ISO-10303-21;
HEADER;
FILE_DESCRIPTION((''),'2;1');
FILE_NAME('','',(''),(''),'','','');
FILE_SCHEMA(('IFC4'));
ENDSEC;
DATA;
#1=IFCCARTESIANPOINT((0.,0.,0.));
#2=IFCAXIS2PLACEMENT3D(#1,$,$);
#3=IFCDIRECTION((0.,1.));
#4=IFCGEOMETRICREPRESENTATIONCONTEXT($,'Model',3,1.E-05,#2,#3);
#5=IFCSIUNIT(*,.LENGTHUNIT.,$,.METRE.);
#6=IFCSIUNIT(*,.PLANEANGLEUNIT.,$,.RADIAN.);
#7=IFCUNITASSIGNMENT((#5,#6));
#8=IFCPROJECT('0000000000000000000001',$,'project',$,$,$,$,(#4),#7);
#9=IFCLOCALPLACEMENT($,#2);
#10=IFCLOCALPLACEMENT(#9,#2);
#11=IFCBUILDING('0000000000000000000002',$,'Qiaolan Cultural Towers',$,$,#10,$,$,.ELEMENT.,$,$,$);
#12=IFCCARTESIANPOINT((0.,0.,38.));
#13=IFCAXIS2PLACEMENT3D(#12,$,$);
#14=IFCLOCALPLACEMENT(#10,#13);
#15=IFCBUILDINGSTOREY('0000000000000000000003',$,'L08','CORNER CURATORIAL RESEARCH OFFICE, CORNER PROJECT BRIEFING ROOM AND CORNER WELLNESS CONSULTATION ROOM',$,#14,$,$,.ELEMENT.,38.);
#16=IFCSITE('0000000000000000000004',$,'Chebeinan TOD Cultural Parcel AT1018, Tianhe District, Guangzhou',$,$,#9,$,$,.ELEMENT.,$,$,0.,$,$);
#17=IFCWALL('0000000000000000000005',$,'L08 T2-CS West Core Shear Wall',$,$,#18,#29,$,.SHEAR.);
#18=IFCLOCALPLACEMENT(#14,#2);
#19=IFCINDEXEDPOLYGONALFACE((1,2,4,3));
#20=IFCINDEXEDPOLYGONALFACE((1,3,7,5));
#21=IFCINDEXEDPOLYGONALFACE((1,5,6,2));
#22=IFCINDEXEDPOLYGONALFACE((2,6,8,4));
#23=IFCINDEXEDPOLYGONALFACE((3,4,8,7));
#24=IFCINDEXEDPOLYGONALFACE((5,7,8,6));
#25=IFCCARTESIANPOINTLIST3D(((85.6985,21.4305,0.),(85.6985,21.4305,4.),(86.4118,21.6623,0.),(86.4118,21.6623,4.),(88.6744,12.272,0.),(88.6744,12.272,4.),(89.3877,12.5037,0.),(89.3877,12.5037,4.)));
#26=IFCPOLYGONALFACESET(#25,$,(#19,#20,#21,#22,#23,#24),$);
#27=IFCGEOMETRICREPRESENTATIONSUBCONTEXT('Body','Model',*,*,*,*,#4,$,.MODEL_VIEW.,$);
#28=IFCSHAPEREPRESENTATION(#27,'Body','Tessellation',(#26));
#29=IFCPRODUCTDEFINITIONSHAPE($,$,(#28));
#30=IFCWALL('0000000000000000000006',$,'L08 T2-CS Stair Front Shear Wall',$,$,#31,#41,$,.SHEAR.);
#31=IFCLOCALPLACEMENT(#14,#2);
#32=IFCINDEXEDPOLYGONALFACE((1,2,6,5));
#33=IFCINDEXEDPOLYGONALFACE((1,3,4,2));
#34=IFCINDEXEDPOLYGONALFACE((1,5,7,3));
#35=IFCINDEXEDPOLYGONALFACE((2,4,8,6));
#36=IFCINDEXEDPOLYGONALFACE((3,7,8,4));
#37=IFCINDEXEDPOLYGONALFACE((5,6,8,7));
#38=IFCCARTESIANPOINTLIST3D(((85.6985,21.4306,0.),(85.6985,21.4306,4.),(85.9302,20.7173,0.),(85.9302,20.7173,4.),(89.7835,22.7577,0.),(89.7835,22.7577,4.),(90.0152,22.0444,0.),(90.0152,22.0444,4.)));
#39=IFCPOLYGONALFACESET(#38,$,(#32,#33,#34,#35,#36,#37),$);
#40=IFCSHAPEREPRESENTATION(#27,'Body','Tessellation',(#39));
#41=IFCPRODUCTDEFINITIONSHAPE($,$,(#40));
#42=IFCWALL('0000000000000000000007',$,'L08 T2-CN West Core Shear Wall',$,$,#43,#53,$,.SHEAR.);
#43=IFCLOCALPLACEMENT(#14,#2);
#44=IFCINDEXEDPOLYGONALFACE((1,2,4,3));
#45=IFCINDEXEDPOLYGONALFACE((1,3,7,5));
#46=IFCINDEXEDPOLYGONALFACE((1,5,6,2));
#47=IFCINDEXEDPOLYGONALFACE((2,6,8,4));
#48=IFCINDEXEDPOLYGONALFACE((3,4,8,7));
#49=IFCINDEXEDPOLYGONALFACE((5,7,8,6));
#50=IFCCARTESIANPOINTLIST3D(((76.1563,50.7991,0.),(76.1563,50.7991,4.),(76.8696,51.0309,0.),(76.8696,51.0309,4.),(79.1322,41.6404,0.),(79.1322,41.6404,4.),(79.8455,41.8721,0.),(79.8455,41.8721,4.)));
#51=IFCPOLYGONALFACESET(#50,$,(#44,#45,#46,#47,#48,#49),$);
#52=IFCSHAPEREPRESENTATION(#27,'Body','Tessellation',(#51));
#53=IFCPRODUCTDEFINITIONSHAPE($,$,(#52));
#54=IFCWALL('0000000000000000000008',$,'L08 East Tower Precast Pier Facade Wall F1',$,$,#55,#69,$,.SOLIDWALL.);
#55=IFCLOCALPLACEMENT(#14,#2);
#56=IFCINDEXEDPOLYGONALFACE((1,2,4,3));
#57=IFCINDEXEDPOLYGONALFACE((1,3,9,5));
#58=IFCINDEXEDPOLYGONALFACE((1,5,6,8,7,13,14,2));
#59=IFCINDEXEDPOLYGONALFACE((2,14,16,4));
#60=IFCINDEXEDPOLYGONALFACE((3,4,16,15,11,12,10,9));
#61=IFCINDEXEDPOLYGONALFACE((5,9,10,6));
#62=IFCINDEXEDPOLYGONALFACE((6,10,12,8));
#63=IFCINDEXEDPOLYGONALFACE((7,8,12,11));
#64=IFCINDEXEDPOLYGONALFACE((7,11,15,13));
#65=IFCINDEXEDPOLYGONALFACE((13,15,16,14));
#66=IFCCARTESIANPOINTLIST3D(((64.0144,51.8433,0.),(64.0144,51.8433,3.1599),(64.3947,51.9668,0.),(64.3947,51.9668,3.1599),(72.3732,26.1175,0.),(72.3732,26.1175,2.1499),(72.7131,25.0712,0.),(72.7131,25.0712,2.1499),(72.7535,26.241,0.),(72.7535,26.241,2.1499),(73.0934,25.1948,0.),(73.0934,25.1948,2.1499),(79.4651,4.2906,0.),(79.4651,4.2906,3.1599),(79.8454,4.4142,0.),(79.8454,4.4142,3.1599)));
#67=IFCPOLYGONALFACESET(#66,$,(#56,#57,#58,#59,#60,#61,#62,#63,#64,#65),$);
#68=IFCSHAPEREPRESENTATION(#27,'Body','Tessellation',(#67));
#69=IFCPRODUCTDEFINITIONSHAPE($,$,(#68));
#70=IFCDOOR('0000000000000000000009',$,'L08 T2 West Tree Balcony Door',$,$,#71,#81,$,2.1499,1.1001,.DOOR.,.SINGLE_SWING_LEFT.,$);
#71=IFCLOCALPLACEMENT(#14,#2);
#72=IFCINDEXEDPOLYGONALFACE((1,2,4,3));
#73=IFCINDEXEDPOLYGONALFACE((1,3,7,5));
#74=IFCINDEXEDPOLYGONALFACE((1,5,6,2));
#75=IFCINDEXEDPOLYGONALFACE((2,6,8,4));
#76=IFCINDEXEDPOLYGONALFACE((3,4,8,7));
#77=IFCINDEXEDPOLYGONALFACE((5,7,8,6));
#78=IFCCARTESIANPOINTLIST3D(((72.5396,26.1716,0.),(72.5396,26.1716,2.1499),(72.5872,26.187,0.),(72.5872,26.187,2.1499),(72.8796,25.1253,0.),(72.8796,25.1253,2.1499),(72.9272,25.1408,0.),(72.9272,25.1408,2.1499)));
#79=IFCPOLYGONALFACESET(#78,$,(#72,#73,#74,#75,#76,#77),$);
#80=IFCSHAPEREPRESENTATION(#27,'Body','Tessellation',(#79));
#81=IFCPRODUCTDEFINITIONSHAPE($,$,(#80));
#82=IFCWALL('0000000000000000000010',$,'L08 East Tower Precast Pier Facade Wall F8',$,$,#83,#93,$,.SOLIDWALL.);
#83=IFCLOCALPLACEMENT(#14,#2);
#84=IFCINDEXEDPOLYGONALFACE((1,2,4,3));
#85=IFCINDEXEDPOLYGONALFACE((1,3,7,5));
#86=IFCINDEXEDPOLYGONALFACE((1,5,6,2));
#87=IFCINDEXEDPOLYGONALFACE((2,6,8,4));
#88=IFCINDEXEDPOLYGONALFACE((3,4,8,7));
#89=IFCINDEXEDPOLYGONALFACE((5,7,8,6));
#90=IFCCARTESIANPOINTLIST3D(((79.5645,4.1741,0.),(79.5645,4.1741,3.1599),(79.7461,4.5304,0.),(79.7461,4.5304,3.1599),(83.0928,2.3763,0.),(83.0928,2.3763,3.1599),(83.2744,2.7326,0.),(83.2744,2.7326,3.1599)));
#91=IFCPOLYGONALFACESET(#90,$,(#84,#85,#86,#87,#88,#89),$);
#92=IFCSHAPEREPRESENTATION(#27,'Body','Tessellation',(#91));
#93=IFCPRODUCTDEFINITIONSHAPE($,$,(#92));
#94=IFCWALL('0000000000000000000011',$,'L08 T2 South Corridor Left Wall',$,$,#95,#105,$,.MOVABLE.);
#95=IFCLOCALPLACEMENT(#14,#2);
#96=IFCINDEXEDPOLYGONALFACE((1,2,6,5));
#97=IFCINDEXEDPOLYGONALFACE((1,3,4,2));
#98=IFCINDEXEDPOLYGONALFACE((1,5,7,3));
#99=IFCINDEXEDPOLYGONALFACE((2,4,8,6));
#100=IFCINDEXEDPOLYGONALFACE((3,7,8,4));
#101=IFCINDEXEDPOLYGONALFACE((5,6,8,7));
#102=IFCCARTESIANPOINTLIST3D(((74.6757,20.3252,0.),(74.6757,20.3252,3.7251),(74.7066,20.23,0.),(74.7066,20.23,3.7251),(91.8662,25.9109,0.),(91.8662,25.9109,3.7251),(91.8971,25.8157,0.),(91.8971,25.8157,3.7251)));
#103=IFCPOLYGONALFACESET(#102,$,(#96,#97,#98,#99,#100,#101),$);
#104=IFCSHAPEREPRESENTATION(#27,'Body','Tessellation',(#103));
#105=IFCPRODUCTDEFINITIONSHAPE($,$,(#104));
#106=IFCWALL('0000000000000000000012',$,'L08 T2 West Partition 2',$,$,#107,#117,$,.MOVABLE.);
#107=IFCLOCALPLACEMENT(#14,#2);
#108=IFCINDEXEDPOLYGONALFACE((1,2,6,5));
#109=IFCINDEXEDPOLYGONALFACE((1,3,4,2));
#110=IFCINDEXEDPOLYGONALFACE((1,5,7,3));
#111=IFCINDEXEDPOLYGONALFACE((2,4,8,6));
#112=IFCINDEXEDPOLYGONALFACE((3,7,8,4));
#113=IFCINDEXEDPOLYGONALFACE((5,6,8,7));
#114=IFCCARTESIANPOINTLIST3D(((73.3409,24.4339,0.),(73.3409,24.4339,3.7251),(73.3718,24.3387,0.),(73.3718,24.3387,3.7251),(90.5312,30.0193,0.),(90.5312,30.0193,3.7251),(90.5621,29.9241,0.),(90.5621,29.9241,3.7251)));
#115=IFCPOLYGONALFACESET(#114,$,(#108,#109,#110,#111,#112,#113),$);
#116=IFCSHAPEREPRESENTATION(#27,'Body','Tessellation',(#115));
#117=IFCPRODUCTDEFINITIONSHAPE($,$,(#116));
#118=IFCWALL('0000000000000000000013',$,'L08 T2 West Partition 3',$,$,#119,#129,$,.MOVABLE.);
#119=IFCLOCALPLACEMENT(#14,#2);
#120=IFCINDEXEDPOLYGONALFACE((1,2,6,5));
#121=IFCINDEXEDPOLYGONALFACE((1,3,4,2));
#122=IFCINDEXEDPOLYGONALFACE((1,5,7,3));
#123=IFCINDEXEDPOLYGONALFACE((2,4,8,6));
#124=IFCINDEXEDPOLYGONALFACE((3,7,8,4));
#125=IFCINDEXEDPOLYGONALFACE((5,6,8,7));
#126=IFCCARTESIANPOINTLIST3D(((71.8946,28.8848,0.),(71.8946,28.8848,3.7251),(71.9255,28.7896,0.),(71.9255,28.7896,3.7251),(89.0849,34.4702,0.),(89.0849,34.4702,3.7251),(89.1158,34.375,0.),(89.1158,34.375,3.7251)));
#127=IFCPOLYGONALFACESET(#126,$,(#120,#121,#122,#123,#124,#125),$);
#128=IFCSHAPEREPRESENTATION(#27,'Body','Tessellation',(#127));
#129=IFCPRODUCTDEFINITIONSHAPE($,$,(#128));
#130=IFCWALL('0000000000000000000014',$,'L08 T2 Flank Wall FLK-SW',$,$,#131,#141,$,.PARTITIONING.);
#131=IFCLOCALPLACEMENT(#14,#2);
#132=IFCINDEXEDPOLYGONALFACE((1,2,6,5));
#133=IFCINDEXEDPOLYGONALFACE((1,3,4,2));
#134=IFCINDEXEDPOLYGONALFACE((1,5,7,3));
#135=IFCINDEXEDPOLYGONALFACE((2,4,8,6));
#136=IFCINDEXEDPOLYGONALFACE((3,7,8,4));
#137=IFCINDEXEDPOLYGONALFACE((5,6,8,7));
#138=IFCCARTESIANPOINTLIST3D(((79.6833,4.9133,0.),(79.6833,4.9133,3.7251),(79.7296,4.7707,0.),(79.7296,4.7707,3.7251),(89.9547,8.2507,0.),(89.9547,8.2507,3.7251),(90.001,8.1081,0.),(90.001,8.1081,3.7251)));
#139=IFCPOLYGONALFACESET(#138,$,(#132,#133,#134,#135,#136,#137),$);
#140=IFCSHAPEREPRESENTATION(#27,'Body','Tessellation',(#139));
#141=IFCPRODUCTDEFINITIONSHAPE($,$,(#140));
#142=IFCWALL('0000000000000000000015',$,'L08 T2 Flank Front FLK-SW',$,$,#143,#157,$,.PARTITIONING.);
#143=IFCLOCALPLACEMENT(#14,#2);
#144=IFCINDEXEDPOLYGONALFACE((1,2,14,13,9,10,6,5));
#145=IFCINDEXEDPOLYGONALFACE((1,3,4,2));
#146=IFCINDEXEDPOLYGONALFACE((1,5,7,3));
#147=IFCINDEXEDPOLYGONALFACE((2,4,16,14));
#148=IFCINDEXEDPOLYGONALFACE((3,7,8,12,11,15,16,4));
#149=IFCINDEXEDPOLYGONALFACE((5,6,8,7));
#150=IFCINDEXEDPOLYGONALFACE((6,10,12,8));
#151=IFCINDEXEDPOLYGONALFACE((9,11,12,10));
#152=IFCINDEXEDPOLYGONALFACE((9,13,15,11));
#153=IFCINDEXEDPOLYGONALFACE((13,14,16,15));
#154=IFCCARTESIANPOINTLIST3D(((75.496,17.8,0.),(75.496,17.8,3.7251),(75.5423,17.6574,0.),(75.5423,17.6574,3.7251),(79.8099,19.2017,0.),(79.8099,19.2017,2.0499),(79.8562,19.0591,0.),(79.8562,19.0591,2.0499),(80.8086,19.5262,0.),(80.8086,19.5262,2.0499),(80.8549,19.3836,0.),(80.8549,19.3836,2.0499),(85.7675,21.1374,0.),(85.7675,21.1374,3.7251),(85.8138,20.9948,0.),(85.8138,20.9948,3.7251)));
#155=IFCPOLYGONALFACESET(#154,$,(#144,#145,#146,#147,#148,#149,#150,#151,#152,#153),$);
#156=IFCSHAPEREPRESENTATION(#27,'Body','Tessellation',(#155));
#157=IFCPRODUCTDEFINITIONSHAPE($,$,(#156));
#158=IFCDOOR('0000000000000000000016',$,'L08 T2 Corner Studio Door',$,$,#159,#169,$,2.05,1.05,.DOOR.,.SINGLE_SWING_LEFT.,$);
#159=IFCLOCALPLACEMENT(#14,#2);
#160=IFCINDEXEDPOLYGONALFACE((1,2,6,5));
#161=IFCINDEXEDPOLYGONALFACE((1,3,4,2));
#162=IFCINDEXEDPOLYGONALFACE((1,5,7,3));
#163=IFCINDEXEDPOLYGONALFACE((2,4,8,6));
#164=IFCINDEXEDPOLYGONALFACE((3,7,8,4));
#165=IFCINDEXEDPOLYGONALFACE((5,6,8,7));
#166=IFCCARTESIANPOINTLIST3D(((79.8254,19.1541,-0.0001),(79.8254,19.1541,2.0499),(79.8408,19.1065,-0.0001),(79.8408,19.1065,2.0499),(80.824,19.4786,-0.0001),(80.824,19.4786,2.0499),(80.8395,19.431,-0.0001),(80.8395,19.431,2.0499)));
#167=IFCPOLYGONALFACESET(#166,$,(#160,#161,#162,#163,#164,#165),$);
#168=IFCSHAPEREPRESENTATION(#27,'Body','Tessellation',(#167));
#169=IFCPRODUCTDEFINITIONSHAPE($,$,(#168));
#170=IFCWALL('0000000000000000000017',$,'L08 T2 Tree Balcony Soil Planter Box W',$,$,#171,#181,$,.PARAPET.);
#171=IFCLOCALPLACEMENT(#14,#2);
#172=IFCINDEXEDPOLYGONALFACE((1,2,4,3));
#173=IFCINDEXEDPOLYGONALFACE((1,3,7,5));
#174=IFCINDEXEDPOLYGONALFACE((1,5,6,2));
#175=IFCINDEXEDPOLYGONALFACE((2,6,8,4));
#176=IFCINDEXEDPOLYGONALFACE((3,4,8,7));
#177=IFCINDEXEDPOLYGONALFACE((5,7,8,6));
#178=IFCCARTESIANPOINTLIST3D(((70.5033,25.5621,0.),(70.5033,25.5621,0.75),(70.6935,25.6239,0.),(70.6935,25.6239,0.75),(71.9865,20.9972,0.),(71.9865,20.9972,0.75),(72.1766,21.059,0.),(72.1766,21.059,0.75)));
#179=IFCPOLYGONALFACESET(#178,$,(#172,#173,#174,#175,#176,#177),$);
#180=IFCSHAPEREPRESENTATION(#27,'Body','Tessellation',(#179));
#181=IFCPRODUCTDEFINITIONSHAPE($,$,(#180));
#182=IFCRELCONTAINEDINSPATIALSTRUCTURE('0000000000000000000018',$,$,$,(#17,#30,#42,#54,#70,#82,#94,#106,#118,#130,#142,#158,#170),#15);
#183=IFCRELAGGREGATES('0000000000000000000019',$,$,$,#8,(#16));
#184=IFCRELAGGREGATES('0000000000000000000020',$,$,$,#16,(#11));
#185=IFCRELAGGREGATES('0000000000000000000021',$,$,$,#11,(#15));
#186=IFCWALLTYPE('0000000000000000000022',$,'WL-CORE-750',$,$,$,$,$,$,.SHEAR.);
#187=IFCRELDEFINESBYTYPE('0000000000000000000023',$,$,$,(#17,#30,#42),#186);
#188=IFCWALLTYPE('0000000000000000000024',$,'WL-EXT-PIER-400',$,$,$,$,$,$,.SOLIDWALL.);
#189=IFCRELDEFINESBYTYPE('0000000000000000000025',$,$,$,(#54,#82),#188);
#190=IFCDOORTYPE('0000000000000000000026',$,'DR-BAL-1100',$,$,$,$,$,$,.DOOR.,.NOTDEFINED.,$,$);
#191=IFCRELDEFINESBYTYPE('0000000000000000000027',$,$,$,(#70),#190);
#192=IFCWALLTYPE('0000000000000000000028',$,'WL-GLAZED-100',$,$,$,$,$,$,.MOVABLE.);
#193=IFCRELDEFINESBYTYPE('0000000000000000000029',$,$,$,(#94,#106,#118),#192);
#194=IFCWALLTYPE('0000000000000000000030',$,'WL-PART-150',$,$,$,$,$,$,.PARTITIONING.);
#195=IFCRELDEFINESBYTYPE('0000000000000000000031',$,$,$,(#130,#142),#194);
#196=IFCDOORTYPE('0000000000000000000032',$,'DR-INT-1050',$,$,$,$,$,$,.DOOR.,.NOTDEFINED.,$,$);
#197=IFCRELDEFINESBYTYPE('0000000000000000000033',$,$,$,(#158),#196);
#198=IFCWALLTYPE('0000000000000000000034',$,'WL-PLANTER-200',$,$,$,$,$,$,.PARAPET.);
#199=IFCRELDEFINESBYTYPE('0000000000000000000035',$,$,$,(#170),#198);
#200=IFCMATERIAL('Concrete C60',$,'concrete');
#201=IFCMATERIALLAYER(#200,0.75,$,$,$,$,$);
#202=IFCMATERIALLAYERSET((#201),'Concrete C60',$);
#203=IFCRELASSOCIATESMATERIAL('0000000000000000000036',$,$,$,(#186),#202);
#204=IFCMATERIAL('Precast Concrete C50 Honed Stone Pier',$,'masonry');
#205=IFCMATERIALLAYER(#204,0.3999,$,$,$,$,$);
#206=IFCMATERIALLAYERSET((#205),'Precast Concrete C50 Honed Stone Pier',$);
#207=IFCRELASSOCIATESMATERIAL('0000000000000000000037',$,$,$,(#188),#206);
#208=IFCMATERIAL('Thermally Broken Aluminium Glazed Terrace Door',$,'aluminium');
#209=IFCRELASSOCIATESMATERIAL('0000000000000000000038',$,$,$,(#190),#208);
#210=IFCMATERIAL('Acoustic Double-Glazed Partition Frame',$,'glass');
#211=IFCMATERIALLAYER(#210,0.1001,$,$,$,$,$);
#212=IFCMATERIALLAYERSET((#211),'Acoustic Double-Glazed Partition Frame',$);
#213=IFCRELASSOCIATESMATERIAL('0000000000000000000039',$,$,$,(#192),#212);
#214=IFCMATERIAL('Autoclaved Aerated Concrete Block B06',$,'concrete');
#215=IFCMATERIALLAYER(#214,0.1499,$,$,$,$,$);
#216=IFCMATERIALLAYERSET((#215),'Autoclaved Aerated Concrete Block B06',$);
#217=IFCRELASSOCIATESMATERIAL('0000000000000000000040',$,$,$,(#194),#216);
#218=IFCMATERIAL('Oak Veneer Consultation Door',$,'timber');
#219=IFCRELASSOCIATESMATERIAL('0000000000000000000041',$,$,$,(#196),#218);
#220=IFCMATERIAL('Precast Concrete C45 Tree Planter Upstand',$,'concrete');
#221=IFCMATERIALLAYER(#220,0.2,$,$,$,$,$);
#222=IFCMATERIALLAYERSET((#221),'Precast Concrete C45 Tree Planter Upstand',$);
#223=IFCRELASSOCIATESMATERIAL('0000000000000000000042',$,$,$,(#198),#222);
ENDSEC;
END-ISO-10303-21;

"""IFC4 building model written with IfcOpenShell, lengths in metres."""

from ifc_helpers import new_model, si_unit, direction, frame, frame_2d, origin, place, context, subcontext, project, spatial, rectangle, extrude, material, layer, layer_set, type_object, element, fill, save


model = new_model("IFC4")

# Units and contexts
model_context = context("Model", 3, precision=1e-05, world=origin(), true_north=direction((0.0, 1.0)))
body_context = subcontext(model_context, "Body", "Model", "MODEL_VIEW")
ifc_project = project(units=[si_unit("LENGTHUNIT", "METRE"), si_unit("PLANEANGLEUNIT", "RADIAN")], contexts=[model_context])

# Site, building, storey
site_placement = place(None, origin())
site = spatial("IfcSite", under=ifc_project, at=site_placement, Name="Chebeinan TOD Cultural Parcel AT1018, Tianhe District, Guangzhou", CompositionType="ELEMENT", RefElevation=0.0)
building_placement = place(site_placement, origin())
building = spatial("IfcBuilding", under=site, at=building_placement, Name="Qiaolan Cultural Towers", CompositionType="ELEMENT")
storey_placement = place(building_placement, frame((0.0, 0.0, 38.0)))
storey = spatial("IfcBuildingStorey", under=building, at=storey_placement, Name="L08", Description="CORNER CURATORIAL RESEARCH OFFICE, CORNER PROJECT BRIEFING ROOM AND CORNER WELLNESS CONSULTATION ROOM", CompositionType="ELEMENT", Elevation=38.0)

# Walls
ifc_material_1 = material(Name="Concrete C60", Category="concrete")
ifc_layer_1 = layer(ifc_material_1, 0.75)
ifc_layer_set_1 = layer_set([ifc_layer_1], Name="Concrete C60")
wall_type_1 = type_object("IfcWallType", Name="WL-CORE-750", PredefinedType="SHEAR", material=ifc_layer_set_1)
wall_1_placement = place(storey_placement, frame((86.0552, 21.5464, 0.0), z_axis=(0.0, 0.0, 1.0), x_axis=(0.309024, -0.951054, 0.0)))
element("IfcWall", 1, at=wall_1_placement, inside=storey, type_object=wall_type_1, Name="L08 T2-CS West Core Shear Wall", PredefinedType="SHEAR", context=body_context, shape_type="SweptSolid", body=[
    extrude(rectangle(XDim=9.6299, YDim=0.75, at=frame_2d((4.8149, 0.0))), origin(), (0.0, 0.0, 1.0), 4.0),
])
wall_2_placement = place(storey_placement, frame((85.8145, 21.074, 0.0), z_axis=(0.0, 0.0, 1.0), x_axis=(0.951066, 0.308988, 0.0)))
element("IfcWall", 2, at=wall_2_placement, inside=storey, type_object=wall_type_1, Name="L08 T2-CS Stair Front Shear Wall", PredefinedType="SHEAR", context=body_context, shape_type="SweptSolid", body=[
    extrude(rectangle(XDim=4.2952, YDim=0.75, at=frame_2d((2.1475, 0.0))), origin(), (0.0, 0.0, 1.0), 4.0),
])
wall_3_placement = place(storey_placement, frame((79.4888, 41.7563, 0.0), z_axis=(0.0, 0.0, 1.0), x_axis=(-0.309016, 0.951057, 0.0)))
element("IfcWall", 3, at=wall_3_placement, inside=storey, type_object=wall_type_1, Name="L08 T2-CN West Core Shear Wall", PredefinedType="SHEAR", context=body_context, shape_type="SweptSolid", body=[
    extrude(rectangle(XDim=9.6301, YDim=0.75, at=frame_2d((4.8149, 0.0))), origin(), (0.0, 0.0, 1.0), 4.0),
])

# Wall, opening, door
ifc_material_2 = material(Name="Precast Concrete C50 Honed Stone Pier", Category="masonry")
ifc_layer_2 = layer(ifc_material_2, 0.3999)
ifc_layer_set_2 = layer_set([ifc_layer_2], Name="Precast Concrete C50 Honed Stone Pier")
wall_type_2 = type_object("IfcWallType", Name="WL-EXT-PIER-400", PredefinedType="SOLIDWALL", material=ifc_layer_set_2)
wall_4_placement = place(storey_placement, frame((79.6553, 4.3523, 0.0), z_axis=(0.0, 0.0, 1.0), x_axis=(-0.309015, 0.951057, 0.0)))
wall_4 = element("IfcWall", 4, at=wall_4_placement, inside=storey, type_object=wall_type_2, Name="L08 East Tower Precast Pier Facade Wall F1", PredefinedType="SOLIDWALL", context=body_context, shape_type="SweptSolid", body=[
    extrude(rectangle(XDim=49.9998, YDim=0.3999, at=frame_2d((25.0, 0.0))), origin(), (0.0, 0.0, 1.0), 3.1599),
])
opening_1_placement = place(wall_4_placement, frame((21.8501, 0.0, 0.0)))
opening_1 = element("IfcOpeningElement", 5, at=opening_1_placement, cuts=wall_4, PredefinedType="OPENING", context=body_context, shape_type="SweptSolid", body=[
    extrude(rectangle(XDim=1.1001, YDim=2.1499, at=frame_2d((0.55, 1.075))), frame((0.0, 0.21, 0.0), z_axis=(0.0, -1.0, 0.0), x_axis=(1.0, 0.0, 0.0)), (0.0, 0.0, 1.0), 0.4199),
])
ifc_material_3 = material(Name="Thermally Broken Aluminium Glazed Terrace Door", Category="aluminium")
door_type_1 = type_object("IfcDoorType", Name="DR-BAL-1100", OperationType="NOTDEFINED", PredefinedType="DOOR", material=ifc_material_3)
door_1_placement = place(opening_1_placement, origin())
door_1 = element("IfcDoor", 6, at=door_1_placement, inside=storey, type_object=door_type_1, Name="L08 T2 West Tree Balcony Door", OperationType="SINGLE_SWING_LEFT", OverallHeight=2.1499, OverallWidth=1.1001, PredefinedType="DOOR", context=body_context, shape_type="SweptSolid", body=[
    extrude(rectangle(XDim=1.1001, YDim=2.1499, at=frame_2d((0.55, 1.075))), frame((0.0, 0.0249, 0.0), z_axis=(0.0, -1.0, 0.0), x_axis=(1.0, 0.0, 0.0)), (0.0, 0.0, 1.0), 0.05),
])
fill(opening_1, door_1)

# Walls
wall_5_placement = place(storey_placement, frame((83.1836, 2.5544, 0.0), z_axis=(0.0, 0.0, 1.0), x_axis=(-0.890998, 0.454007, 0.0)))
element("IfcWall", 7, at=wall_5_placement, inside=storey, type_object=wall_type_2, Name="L08 East Tower Precast Pier Facade Wall F8", PredefinedType="SOLIDWALL", context=body_context, shape_type="SweptSolid", body=[
    extrude(rectangle(XDim=3.96, YDim=0.3999, at=frame_2d((1.98, 0.0))), origin(), (0.0, 0.0, 1.0), 3.1599),
])
ifc_material_4 = material(Name="Acoustic Double-Glazed Partition Frame", Category="glass")
ifc_layer_3 = layer(ifc_material_4, 0.1001)
ifc_layer_set_3 = layer_set([ifc_layer_3], Name="Acoustic Double-Glazed Partition Frame")
wall_type_3 = type_object("IfcWallType", Name="WL-GLAZED-100", PredefinedType="MOVABLE", material=ifc_layer_set_3)
wall_6_placement = place(storey_placement, frame((74.6912, 20.2776, 0.0), z_axis=(0.0, 0.0, 1.0), x_axis=(0.951054, 0.309026, 0.0)))
element("IfcWall", 8, at=wall_6_placement, inside=storey, type_object=wall_type_3, Name="L08 T2 South Corridor Left Wall", PredefinedType="MOVABLE", context=body_context, shape_type="SweptSolid", body=[
    extrude(rectangle(XDim=18.0752, YDim=0.1001, at=frame_2d((9.0376, 0.0))), origin(), (0.0, 0.0, 1.0), 3.7251),
])
for number, where, z_axis, x_axis, name in (
    (9, (73.3562, 24.3862, 0.0), (0.0, 0.0, 1.0), (0.951057, 0.309014, 0.0), "L08 T2 West Partition 2"),
    (10, (71.9099, 28.8372, 0.0), (0.0, 0.0, 1.0), (0.951057, 0.309014, 0.0), "L08 T2 West Partition 3"),
):
    element("IfcWall", number, at=place(storey_placement, frame(where, z_axis=z_axis, x_axis=x_axis)), inside=storey, type_object=wall_type_3, Name=name, PredefinedType="MOVABLE", context=body_context, shape_type="SweptSolid", body=[
        extrude(rectangle(XDim=18.075, YDim=0.1001, at=frame_2d((9.0376, 0.0))), origin(), (0.0, 0.0, 1.0), 3.7251),
    ])
ifc_material_5 = material(Name="Autoclaved Aerated Concrete Block B06", Category="concrete")
ifc_layer_4 = layer(ifc_material_5, 0.1499)
ifc_layer_set_4 = layer_set([ifc_layer_4], Name="Autoclaved Aerated Concrete Block B06")
wall_type_4 = type_object("IfcWallType", Name="WL-PART-150", PredefinedType="PARTITIONING", material=ifc_layer_set_4)
wall_7_placement = place(storey_placement, frame((79.7065, 4.842, 0.0), z_axis=(0.0, 0.0, 1.0), x_axis=(0.951057, 0.309017, 0.0)))
element("IfcWall", 11, at=wall_7_placement, inside=storey, type_object=wall_type_4, Name="L08 T2 Flank Wall FLK-SW", PredefinedType="PARTITIONING", context=body_context, shape_type="SweptSolid", body=[
    extrude(rectangle(XDim=10.8, YDim=0.1499, at=frame_2d((5.3999, 0.0))), origin(), (0.0, 0.0, 1.0), 3.7251),
])

# Wall, opening, door
wall_8_placement = place(storey_placement, frame((75.5193, 17.7288, 0.0), z_axis=(0.0, 0.0, 1.0), x_axis=(0.951057, 0.309017, 0.0)))
wall_8 = element("IfcWall", 12, at=wall_8_placement, inside=storey, type_object=wall_type_4, Name="L08 T2 Flank Front FLK-SW", PredefinedType="PARTITIONING", context=body_context, shape_type="SweptSolid", body=[
    extrude(rectangle(XDim=10.8, YDim=0.1499, at=frame_2d((5.3999, 0.0))), origin(), (0.0, 0.0, 1.0), 3.7251),
])
opening_2_placement = place(wall_8_placement, frame((4.5359, 0.0, 0.0)))
opening_2 = element("IfcOpeningElement", 13, at=opening_2_placement, cuts=wall_8, PredefinedType="OPENING", context=body_context, shape_type="SweptSolid", body=[
    extrude(rectangle(XDim=1.05, YDim=2.05, at=frame_2d((0.5249, 1.0249))), frame((0.0, 0.085, 0.0), z_axis=(0.0, -1.0, 0.0), x_axis=(1.0, 0.0, 0.0)), (0.0, 0.0, 1.0), 0.1699),
])
ifc_material_6 = material(Name="Oak Veneer Consultation Door", Category="timber")
door_type_2 = type_object("IfcDoorType", Name="DR-INT-1050", OperationType="NOTDEFINED", PredefinedType="DOOR", material=ifc_material_6)
door_2_placement = place(opening_2_placement, origin())
door_2 = element("IfcDoor", 14, at=door_2_placement, inside=storey, type_object=door_type_2, Name="L08 T2 Corner Studio Door", OperationType="SINGLE_SWING_LEFT", OverallHeight=2.05, OverallWidth=1.05, PredefinedType="DOOR", context=body_context, shape_type="SweptSolid", body=[
    extrude(rectangle(XDim=1.05, YDim=2.05, at=frame_2d((0.5249, 1.0249))), frame((0.0, 0.0249, 0.0), z_axis=(0.0, -1.0, 0.0), x_axis=(1.0, 0.0, 0.0)), (0.0, 0.0, 1.0), 0.05),
])
fill(opening_2, door_2)

# Wall
ifc_material_7 = material(Name="Precast Concrete C45 Tree Planter Upstand", Category="concrete")
ifc_layer_5 = layer(ifc_material_7, 0.2)
ifc_layer_set_5 = layer_set([ifc_layer_5], Name="Precast Concrete C45 Tree Planter Upstand")
wall_type_5 = type_object("IfcWallType", Name="WL-PLANTER-200", PredefinedType="PARAPET", material=ifc_layer_set_5)
wall_9_placement = place(storey_placement, frame((72.0815, 21.0281, 0.0), z_axis=(0.0, 0.0, 1.0), x_axis=(-0.309001, 0.951062, 0.0)))
element("IfcWall", 15, at=wall_9_placement, inside=storey, type_object=wall_type_5, Name="L08 T2 Tree Balcony Soil Planter Box W", PredefinedType="PARAPET", context=body_context, shape_type="SweptSolid", body=[
    extrude(rectangle(XDim=4.7998, YDim=0.2, at=frame_2d((2.3999, 0.0))), origin(), (0.0, 0.0, 1.0), 0.75),
])

save(model, "model.ifc")
